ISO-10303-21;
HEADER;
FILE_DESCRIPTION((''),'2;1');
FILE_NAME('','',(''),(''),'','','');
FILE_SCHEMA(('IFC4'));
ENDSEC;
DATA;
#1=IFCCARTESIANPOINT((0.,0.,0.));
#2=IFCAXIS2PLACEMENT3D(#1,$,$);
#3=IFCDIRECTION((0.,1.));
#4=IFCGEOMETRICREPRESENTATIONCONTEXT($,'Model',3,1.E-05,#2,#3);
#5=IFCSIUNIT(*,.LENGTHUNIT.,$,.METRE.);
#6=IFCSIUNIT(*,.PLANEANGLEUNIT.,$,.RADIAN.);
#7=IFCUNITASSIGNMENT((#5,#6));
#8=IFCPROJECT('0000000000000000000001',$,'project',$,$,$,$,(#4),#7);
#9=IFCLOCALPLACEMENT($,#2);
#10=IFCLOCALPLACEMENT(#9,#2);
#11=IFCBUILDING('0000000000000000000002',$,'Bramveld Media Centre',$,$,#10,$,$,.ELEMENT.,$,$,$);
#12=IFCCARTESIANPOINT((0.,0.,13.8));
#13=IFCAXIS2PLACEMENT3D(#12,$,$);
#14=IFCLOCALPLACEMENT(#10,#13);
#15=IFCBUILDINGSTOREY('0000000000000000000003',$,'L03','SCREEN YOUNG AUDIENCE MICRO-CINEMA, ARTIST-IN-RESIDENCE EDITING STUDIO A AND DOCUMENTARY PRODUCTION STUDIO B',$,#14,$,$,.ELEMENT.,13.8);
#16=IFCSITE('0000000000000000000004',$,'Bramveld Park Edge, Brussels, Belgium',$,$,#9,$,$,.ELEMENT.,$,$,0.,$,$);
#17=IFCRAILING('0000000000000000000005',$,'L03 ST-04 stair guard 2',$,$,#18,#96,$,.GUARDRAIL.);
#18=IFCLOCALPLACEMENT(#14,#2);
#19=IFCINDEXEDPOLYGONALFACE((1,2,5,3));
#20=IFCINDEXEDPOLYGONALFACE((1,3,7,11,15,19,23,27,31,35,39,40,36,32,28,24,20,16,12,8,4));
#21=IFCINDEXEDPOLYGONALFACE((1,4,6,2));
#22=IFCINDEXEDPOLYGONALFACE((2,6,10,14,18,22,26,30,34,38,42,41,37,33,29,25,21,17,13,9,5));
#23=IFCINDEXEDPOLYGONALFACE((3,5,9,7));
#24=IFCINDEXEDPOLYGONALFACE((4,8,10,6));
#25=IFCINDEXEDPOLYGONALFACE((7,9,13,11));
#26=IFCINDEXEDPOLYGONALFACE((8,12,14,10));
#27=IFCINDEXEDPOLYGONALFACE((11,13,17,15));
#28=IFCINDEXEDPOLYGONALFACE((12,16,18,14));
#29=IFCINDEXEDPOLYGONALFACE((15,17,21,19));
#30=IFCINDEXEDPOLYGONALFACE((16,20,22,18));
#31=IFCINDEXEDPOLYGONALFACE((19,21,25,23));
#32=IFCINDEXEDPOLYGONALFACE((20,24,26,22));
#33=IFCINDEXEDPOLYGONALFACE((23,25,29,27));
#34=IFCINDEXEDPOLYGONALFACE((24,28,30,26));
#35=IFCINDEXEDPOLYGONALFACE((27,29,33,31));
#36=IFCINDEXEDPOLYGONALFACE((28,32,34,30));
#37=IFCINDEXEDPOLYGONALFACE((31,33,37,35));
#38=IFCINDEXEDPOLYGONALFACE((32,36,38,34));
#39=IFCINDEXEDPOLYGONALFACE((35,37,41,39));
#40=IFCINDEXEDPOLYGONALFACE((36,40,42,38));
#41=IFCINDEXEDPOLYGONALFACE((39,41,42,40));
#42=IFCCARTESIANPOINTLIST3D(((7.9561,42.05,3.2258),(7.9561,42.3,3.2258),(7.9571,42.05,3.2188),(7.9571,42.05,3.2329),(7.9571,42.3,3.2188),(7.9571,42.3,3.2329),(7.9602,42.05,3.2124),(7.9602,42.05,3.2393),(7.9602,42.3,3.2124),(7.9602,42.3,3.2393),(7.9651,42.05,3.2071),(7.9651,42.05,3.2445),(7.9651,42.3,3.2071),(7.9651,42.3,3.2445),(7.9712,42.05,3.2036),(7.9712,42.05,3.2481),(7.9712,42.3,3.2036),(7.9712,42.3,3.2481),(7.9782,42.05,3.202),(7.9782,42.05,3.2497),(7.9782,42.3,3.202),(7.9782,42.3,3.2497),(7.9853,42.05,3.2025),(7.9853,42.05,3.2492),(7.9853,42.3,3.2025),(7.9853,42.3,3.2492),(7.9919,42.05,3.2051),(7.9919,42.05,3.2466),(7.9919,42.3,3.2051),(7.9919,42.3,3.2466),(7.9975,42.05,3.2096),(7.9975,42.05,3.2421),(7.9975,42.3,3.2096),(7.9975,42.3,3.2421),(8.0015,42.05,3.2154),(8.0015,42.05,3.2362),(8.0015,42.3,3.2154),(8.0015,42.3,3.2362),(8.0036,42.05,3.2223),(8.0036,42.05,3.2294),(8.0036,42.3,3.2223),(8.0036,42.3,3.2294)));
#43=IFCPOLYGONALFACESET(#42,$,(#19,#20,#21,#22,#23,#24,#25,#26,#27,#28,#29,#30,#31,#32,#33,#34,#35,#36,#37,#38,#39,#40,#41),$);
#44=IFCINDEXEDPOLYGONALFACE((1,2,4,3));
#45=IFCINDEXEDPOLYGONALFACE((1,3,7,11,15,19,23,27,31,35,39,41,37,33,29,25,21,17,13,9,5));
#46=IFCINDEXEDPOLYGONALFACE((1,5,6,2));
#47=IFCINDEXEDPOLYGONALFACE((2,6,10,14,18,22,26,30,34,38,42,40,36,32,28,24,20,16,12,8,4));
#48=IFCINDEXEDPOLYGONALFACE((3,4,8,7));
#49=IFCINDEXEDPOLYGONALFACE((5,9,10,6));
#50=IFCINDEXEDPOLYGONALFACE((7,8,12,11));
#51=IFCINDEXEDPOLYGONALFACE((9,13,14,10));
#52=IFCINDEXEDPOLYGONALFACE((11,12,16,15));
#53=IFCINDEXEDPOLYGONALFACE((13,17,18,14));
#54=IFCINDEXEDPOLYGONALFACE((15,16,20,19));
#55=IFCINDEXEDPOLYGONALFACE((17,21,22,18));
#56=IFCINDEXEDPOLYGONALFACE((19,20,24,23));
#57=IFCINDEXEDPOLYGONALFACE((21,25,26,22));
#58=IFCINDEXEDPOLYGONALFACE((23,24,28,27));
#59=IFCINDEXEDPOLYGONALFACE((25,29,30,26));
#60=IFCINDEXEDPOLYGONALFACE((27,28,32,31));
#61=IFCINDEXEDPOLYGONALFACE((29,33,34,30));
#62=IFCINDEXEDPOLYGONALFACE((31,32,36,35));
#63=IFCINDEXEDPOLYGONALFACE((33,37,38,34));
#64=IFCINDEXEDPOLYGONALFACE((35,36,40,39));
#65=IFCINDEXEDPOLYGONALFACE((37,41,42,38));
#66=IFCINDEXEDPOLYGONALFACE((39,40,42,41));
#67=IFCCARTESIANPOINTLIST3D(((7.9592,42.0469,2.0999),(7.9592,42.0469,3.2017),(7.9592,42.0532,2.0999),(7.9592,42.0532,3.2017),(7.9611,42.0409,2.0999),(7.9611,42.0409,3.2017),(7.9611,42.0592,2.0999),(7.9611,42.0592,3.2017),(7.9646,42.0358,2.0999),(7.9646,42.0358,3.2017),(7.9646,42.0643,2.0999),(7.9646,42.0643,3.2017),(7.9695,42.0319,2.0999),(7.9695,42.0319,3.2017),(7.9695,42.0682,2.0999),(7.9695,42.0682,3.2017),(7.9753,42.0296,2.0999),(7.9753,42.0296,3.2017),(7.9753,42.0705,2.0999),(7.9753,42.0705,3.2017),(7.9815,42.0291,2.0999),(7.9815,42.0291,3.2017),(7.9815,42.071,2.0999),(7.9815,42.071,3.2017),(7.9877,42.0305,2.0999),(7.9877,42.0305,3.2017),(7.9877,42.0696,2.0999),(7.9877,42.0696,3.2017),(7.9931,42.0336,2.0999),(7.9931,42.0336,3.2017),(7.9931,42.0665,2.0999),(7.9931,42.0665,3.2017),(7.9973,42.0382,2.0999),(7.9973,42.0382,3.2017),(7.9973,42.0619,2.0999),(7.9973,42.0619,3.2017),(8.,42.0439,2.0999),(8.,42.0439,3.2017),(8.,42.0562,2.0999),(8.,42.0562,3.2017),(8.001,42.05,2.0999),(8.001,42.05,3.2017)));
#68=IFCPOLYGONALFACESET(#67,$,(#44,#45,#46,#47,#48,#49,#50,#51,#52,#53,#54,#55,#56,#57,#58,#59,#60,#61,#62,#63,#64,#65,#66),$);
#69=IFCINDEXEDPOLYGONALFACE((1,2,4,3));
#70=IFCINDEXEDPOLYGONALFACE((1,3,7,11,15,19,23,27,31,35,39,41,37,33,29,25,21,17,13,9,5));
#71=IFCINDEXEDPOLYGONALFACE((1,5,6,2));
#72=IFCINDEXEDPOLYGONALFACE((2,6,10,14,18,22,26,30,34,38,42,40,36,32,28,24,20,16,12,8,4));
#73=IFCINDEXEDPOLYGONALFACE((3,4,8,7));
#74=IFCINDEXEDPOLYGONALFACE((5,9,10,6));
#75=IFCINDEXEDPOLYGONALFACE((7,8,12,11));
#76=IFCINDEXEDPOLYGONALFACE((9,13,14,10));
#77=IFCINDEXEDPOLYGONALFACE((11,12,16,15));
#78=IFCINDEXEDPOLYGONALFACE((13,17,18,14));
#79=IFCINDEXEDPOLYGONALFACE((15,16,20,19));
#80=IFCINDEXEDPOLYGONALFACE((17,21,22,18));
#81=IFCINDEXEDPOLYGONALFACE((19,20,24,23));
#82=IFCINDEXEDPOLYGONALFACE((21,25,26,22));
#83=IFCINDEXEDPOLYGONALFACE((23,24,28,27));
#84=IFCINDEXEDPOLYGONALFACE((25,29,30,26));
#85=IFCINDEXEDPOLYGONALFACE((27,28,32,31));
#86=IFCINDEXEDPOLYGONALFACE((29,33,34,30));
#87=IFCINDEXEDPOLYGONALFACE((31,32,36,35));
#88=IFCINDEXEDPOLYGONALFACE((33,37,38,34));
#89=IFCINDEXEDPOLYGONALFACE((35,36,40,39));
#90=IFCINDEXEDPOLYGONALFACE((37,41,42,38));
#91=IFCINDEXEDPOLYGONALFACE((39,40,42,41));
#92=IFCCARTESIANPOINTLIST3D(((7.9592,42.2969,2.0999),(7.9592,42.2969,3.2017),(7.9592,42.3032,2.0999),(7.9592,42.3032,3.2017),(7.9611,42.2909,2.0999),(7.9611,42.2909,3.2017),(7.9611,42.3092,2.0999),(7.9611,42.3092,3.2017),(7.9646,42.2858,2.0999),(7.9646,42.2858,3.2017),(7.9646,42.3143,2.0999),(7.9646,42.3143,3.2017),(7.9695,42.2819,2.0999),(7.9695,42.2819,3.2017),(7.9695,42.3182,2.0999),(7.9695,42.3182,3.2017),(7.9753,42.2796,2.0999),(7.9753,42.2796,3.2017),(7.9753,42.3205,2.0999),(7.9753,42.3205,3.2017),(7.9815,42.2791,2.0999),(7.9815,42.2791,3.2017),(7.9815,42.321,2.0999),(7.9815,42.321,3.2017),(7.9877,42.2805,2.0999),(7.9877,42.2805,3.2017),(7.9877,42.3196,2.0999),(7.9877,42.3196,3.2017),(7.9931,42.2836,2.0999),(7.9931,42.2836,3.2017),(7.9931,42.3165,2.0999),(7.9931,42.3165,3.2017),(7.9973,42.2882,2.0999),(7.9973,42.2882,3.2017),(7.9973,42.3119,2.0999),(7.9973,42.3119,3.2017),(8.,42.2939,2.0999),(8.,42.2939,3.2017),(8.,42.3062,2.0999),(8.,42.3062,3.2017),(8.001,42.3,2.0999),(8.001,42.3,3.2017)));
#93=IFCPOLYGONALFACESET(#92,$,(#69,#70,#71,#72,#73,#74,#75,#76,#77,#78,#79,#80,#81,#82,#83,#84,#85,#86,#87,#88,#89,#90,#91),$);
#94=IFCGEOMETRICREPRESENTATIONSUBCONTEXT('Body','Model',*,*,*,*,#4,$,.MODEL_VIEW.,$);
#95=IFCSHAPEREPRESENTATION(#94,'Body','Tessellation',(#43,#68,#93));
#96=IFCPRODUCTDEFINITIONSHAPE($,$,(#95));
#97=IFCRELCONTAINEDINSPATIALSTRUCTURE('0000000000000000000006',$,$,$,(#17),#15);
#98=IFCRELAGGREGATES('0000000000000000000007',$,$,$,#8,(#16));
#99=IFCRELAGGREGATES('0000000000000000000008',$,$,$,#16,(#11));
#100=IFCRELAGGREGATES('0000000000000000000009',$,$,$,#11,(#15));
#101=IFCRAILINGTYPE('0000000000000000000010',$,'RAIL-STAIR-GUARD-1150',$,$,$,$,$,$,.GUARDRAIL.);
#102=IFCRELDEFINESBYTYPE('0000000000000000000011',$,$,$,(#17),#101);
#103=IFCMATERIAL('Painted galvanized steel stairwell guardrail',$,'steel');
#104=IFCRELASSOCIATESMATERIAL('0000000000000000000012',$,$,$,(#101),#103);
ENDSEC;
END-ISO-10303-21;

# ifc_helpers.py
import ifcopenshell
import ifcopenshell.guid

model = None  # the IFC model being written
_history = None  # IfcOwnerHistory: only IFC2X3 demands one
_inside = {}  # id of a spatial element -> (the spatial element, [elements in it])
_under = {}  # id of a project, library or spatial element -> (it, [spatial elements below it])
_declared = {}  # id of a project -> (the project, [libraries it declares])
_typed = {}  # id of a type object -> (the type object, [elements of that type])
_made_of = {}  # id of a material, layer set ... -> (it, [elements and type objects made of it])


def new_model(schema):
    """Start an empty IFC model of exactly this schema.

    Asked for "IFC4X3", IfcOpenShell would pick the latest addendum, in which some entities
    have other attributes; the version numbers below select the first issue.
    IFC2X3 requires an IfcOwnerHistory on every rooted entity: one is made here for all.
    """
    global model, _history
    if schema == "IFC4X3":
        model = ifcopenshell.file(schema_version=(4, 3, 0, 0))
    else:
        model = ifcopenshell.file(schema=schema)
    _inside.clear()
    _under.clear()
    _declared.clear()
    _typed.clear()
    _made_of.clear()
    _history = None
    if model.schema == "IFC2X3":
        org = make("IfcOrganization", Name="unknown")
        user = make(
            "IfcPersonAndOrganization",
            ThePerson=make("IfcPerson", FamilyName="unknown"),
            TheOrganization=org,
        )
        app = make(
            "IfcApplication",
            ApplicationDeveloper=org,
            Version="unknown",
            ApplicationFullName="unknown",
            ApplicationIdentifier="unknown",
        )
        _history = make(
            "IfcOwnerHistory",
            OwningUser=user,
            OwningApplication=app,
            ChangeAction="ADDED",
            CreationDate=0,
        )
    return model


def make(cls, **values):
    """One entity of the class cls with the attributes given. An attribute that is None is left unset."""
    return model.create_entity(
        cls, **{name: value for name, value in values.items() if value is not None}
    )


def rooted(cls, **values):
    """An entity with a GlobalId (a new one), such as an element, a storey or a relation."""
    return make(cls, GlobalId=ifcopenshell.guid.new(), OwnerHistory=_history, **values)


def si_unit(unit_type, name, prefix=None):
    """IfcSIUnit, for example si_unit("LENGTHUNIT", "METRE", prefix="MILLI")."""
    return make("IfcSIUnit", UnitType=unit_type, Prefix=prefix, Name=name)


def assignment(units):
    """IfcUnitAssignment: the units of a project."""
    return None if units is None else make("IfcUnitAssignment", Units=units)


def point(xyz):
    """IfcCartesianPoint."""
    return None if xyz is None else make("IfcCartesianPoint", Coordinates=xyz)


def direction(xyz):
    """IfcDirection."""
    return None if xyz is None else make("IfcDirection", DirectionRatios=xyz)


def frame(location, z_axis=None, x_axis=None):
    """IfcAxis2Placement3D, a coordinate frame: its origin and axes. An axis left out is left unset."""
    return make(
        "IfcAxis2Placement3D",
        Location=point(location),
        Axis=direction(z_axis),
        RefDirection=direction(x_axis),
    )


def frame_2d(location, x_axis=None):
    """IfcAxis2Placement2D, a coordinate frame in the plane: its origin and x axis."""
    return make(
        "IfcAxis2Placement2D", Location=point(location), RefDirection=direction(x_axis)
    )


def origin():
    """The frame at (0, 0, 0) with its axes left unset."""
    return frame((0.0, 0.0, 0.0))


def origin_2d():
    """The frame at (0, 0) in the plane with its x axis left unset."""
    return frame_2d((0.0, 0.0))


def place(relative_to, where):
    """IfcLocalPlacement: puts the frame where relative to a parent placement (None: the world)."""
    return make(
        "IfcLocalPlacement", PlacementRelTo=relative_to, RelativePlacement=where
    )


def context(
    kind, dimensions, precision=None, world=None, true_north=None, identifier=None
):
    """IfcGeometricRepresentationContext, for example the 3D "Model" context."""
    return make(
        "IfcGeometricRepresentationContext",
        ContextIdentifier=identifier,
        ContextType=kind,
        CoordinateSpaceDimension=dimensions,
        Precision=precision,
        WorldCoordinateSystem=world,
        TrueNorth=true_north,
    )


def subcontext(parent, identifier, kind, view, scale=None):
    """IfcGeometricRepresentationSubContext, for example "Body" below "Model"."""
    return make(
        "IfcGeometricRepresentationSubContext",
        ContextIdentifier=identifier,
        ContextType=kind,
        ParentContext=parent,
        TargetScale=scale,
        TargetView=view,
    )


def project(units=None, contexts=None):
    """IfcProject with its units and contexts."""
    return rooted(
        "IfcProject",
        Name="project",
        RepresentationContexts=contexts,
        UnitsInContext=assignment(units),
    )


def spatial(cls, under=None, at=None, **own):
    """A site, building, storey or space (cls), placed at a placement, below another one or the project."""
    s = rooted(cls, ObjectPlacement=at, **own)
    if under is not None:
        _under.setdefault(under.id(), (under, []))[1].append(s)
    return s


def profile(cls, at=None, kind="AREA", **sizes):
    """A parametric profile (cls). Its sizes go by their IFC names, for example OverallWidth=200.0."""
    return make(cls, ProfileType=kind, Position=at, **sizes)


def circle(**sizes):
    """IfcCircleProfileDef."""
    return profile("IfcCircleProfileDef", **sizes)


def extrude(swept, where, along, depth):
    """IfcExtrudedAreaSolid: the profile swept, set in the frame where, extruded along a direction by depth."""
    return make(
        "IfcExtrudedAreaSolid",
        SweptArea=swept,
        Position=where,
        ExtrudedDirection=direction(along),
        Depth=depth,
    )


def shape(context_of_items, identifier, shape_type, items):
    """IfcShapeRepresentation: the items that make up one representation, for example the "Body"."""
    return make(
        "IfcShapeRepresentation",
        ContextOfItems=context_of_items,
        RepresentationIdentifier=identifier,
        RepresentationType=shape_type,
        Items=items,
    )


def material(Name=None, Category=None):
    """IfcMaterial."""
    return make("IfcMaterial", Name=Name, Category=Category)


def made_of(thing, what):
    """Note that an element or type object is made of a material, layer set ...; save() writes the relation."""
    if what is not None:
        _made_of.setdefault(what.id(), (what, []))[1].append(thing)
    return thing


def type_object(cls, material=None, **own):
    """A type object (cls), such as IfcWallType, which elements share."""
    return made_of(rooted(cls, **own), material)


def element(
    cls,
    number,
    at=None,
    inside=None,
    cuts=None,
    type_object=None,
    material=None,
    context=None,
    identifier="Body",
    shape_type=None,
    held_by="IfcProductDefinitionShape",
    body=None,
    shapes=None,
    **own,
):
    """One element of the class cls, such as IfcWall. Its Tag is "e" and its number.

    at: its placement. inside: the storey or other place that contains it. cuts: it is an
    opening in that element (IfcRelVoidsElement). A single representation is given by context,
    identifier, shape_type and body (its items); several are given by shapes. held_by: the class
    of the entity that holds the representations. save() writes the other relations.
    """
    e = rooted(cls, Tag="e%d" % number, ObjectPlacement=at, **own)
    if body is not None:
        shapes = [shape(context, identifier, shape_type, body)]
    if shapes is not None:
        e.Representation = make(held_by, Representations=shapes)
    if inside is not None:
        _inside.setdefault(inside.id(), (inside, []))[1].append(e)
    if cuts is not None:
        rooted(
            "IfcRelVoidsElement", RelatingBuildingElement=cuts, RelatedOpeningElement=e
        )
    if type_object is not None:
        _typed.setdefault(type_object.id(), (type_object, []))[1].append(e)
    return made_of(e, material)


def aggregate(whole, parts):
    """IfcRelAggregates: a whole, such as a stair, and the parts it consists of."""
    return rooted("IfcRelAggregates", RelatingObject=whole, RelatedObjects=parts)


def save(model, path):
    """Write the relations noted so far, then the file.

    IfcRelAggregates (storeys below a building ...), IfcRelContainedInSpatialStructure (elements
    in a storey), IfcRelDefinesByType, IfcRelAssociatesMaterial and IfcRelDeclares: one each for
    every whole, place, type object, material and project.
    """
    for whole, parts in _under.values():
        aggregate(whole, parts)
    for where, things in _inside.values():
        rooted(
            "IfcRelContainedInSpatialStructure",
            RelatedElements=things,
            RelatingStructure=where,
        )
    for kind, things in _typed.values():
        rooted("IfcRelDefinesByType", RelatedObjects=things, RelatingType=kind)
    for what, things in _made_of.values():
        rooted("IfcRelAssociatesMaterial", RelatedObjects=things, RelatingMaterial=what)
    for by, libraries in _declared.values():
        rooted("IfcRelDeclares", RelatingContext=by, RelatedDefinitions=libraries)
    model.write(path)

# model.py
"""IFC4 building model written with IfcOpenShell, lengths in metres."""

from ifc_helpers import new_model, si_unit, direction, frame, origin, origin_2d, place, context, subcontext, project, spatial, circle, extrude, material, type_object, element, save


model = new_model("IFC4")

# Units and contexts
model_context = context("Model", 3, precision=1e-05, world=origin(), true_north=direction((0.0, 1.0)))
body_context = subcontext(model_context, "Body", "Model", "MODEL_VIEW")
ifc_project = project(units=[si_unit("LENGTHUNIT", "METRE"), si_unit("PLANEANGLEUNIT", "RADIAN")], contexts=[model_context])

# Site, building, storey
site_placement = place(None, origin())
site = spatial("IfcSite", under=ifc_project, at=site_placement, Name="Bramveld Park Edge, Brussels, Belgium", CompositionType="ELEMENT", RefElevation=0.0)
building_placement = place(site_placement, origin())
building = spatial("IfcBuilding", under=site, at=building_placement, Name="Bramveld Media Centre", CompositionType="ELEMENT")
storey_placement = place(building_placement, frame((0.0, 0.0, 13.8)))
storey = spatial("IfcBuildingStorey", under=building, at=storey_placement, Name="L03", Description="SCREEN YOUNG AUDIENCE MICRO-CINEMA, ARTIST-IN-RESIDENCE EDITING STUDIO A AND DOCUMENTARY PRODUCTION STUDIO B", CompositionType="ELEMENT", Elevation=13.8)

# Railing
ifc_material_1 = material(Name="Painted galvanized steel stairwell guardrail", Category="steel")
railing_type_1 = type_object("IfcRailingType", Name="RAIL-STAIR-GUARD-1150", PredefinedType="GUARDRAIL", material=ifc_material_1)
railing_1_placement = place(storey_placement, frame((7.98, 42.05, 2.0999)))
element("IfcRailing", 1, at=railing_1_placement, inside=storey, type_object=railing_type_1, Name="L03 ST-04 stair guard 2", PredefinedType="GUARDRAIL", context=body_context, shape_type="SweptSolid", body=[
    extrude(circle(Radius=0.0239, at=origin_2d()), frame((0.0, 0.0, 1.126), z_axis=(0.0, 1.0, 0.0), x_axis=(-1.0, 0.0, 0.0)), (0.0, 0.0, 1.0), 0.25),
    extrude(circle(Radius=0.021, at=origin_2d()), origin(), (0.0, 0.0, 1.0), 1.1018),
    extrude(circle(Radius=0.021, at=origin_2d()), frame((0.0, 0.25, 0.0)), (0.0, 0.0, 1.0), 1.1018),
])

save(model, "model.ifc")
